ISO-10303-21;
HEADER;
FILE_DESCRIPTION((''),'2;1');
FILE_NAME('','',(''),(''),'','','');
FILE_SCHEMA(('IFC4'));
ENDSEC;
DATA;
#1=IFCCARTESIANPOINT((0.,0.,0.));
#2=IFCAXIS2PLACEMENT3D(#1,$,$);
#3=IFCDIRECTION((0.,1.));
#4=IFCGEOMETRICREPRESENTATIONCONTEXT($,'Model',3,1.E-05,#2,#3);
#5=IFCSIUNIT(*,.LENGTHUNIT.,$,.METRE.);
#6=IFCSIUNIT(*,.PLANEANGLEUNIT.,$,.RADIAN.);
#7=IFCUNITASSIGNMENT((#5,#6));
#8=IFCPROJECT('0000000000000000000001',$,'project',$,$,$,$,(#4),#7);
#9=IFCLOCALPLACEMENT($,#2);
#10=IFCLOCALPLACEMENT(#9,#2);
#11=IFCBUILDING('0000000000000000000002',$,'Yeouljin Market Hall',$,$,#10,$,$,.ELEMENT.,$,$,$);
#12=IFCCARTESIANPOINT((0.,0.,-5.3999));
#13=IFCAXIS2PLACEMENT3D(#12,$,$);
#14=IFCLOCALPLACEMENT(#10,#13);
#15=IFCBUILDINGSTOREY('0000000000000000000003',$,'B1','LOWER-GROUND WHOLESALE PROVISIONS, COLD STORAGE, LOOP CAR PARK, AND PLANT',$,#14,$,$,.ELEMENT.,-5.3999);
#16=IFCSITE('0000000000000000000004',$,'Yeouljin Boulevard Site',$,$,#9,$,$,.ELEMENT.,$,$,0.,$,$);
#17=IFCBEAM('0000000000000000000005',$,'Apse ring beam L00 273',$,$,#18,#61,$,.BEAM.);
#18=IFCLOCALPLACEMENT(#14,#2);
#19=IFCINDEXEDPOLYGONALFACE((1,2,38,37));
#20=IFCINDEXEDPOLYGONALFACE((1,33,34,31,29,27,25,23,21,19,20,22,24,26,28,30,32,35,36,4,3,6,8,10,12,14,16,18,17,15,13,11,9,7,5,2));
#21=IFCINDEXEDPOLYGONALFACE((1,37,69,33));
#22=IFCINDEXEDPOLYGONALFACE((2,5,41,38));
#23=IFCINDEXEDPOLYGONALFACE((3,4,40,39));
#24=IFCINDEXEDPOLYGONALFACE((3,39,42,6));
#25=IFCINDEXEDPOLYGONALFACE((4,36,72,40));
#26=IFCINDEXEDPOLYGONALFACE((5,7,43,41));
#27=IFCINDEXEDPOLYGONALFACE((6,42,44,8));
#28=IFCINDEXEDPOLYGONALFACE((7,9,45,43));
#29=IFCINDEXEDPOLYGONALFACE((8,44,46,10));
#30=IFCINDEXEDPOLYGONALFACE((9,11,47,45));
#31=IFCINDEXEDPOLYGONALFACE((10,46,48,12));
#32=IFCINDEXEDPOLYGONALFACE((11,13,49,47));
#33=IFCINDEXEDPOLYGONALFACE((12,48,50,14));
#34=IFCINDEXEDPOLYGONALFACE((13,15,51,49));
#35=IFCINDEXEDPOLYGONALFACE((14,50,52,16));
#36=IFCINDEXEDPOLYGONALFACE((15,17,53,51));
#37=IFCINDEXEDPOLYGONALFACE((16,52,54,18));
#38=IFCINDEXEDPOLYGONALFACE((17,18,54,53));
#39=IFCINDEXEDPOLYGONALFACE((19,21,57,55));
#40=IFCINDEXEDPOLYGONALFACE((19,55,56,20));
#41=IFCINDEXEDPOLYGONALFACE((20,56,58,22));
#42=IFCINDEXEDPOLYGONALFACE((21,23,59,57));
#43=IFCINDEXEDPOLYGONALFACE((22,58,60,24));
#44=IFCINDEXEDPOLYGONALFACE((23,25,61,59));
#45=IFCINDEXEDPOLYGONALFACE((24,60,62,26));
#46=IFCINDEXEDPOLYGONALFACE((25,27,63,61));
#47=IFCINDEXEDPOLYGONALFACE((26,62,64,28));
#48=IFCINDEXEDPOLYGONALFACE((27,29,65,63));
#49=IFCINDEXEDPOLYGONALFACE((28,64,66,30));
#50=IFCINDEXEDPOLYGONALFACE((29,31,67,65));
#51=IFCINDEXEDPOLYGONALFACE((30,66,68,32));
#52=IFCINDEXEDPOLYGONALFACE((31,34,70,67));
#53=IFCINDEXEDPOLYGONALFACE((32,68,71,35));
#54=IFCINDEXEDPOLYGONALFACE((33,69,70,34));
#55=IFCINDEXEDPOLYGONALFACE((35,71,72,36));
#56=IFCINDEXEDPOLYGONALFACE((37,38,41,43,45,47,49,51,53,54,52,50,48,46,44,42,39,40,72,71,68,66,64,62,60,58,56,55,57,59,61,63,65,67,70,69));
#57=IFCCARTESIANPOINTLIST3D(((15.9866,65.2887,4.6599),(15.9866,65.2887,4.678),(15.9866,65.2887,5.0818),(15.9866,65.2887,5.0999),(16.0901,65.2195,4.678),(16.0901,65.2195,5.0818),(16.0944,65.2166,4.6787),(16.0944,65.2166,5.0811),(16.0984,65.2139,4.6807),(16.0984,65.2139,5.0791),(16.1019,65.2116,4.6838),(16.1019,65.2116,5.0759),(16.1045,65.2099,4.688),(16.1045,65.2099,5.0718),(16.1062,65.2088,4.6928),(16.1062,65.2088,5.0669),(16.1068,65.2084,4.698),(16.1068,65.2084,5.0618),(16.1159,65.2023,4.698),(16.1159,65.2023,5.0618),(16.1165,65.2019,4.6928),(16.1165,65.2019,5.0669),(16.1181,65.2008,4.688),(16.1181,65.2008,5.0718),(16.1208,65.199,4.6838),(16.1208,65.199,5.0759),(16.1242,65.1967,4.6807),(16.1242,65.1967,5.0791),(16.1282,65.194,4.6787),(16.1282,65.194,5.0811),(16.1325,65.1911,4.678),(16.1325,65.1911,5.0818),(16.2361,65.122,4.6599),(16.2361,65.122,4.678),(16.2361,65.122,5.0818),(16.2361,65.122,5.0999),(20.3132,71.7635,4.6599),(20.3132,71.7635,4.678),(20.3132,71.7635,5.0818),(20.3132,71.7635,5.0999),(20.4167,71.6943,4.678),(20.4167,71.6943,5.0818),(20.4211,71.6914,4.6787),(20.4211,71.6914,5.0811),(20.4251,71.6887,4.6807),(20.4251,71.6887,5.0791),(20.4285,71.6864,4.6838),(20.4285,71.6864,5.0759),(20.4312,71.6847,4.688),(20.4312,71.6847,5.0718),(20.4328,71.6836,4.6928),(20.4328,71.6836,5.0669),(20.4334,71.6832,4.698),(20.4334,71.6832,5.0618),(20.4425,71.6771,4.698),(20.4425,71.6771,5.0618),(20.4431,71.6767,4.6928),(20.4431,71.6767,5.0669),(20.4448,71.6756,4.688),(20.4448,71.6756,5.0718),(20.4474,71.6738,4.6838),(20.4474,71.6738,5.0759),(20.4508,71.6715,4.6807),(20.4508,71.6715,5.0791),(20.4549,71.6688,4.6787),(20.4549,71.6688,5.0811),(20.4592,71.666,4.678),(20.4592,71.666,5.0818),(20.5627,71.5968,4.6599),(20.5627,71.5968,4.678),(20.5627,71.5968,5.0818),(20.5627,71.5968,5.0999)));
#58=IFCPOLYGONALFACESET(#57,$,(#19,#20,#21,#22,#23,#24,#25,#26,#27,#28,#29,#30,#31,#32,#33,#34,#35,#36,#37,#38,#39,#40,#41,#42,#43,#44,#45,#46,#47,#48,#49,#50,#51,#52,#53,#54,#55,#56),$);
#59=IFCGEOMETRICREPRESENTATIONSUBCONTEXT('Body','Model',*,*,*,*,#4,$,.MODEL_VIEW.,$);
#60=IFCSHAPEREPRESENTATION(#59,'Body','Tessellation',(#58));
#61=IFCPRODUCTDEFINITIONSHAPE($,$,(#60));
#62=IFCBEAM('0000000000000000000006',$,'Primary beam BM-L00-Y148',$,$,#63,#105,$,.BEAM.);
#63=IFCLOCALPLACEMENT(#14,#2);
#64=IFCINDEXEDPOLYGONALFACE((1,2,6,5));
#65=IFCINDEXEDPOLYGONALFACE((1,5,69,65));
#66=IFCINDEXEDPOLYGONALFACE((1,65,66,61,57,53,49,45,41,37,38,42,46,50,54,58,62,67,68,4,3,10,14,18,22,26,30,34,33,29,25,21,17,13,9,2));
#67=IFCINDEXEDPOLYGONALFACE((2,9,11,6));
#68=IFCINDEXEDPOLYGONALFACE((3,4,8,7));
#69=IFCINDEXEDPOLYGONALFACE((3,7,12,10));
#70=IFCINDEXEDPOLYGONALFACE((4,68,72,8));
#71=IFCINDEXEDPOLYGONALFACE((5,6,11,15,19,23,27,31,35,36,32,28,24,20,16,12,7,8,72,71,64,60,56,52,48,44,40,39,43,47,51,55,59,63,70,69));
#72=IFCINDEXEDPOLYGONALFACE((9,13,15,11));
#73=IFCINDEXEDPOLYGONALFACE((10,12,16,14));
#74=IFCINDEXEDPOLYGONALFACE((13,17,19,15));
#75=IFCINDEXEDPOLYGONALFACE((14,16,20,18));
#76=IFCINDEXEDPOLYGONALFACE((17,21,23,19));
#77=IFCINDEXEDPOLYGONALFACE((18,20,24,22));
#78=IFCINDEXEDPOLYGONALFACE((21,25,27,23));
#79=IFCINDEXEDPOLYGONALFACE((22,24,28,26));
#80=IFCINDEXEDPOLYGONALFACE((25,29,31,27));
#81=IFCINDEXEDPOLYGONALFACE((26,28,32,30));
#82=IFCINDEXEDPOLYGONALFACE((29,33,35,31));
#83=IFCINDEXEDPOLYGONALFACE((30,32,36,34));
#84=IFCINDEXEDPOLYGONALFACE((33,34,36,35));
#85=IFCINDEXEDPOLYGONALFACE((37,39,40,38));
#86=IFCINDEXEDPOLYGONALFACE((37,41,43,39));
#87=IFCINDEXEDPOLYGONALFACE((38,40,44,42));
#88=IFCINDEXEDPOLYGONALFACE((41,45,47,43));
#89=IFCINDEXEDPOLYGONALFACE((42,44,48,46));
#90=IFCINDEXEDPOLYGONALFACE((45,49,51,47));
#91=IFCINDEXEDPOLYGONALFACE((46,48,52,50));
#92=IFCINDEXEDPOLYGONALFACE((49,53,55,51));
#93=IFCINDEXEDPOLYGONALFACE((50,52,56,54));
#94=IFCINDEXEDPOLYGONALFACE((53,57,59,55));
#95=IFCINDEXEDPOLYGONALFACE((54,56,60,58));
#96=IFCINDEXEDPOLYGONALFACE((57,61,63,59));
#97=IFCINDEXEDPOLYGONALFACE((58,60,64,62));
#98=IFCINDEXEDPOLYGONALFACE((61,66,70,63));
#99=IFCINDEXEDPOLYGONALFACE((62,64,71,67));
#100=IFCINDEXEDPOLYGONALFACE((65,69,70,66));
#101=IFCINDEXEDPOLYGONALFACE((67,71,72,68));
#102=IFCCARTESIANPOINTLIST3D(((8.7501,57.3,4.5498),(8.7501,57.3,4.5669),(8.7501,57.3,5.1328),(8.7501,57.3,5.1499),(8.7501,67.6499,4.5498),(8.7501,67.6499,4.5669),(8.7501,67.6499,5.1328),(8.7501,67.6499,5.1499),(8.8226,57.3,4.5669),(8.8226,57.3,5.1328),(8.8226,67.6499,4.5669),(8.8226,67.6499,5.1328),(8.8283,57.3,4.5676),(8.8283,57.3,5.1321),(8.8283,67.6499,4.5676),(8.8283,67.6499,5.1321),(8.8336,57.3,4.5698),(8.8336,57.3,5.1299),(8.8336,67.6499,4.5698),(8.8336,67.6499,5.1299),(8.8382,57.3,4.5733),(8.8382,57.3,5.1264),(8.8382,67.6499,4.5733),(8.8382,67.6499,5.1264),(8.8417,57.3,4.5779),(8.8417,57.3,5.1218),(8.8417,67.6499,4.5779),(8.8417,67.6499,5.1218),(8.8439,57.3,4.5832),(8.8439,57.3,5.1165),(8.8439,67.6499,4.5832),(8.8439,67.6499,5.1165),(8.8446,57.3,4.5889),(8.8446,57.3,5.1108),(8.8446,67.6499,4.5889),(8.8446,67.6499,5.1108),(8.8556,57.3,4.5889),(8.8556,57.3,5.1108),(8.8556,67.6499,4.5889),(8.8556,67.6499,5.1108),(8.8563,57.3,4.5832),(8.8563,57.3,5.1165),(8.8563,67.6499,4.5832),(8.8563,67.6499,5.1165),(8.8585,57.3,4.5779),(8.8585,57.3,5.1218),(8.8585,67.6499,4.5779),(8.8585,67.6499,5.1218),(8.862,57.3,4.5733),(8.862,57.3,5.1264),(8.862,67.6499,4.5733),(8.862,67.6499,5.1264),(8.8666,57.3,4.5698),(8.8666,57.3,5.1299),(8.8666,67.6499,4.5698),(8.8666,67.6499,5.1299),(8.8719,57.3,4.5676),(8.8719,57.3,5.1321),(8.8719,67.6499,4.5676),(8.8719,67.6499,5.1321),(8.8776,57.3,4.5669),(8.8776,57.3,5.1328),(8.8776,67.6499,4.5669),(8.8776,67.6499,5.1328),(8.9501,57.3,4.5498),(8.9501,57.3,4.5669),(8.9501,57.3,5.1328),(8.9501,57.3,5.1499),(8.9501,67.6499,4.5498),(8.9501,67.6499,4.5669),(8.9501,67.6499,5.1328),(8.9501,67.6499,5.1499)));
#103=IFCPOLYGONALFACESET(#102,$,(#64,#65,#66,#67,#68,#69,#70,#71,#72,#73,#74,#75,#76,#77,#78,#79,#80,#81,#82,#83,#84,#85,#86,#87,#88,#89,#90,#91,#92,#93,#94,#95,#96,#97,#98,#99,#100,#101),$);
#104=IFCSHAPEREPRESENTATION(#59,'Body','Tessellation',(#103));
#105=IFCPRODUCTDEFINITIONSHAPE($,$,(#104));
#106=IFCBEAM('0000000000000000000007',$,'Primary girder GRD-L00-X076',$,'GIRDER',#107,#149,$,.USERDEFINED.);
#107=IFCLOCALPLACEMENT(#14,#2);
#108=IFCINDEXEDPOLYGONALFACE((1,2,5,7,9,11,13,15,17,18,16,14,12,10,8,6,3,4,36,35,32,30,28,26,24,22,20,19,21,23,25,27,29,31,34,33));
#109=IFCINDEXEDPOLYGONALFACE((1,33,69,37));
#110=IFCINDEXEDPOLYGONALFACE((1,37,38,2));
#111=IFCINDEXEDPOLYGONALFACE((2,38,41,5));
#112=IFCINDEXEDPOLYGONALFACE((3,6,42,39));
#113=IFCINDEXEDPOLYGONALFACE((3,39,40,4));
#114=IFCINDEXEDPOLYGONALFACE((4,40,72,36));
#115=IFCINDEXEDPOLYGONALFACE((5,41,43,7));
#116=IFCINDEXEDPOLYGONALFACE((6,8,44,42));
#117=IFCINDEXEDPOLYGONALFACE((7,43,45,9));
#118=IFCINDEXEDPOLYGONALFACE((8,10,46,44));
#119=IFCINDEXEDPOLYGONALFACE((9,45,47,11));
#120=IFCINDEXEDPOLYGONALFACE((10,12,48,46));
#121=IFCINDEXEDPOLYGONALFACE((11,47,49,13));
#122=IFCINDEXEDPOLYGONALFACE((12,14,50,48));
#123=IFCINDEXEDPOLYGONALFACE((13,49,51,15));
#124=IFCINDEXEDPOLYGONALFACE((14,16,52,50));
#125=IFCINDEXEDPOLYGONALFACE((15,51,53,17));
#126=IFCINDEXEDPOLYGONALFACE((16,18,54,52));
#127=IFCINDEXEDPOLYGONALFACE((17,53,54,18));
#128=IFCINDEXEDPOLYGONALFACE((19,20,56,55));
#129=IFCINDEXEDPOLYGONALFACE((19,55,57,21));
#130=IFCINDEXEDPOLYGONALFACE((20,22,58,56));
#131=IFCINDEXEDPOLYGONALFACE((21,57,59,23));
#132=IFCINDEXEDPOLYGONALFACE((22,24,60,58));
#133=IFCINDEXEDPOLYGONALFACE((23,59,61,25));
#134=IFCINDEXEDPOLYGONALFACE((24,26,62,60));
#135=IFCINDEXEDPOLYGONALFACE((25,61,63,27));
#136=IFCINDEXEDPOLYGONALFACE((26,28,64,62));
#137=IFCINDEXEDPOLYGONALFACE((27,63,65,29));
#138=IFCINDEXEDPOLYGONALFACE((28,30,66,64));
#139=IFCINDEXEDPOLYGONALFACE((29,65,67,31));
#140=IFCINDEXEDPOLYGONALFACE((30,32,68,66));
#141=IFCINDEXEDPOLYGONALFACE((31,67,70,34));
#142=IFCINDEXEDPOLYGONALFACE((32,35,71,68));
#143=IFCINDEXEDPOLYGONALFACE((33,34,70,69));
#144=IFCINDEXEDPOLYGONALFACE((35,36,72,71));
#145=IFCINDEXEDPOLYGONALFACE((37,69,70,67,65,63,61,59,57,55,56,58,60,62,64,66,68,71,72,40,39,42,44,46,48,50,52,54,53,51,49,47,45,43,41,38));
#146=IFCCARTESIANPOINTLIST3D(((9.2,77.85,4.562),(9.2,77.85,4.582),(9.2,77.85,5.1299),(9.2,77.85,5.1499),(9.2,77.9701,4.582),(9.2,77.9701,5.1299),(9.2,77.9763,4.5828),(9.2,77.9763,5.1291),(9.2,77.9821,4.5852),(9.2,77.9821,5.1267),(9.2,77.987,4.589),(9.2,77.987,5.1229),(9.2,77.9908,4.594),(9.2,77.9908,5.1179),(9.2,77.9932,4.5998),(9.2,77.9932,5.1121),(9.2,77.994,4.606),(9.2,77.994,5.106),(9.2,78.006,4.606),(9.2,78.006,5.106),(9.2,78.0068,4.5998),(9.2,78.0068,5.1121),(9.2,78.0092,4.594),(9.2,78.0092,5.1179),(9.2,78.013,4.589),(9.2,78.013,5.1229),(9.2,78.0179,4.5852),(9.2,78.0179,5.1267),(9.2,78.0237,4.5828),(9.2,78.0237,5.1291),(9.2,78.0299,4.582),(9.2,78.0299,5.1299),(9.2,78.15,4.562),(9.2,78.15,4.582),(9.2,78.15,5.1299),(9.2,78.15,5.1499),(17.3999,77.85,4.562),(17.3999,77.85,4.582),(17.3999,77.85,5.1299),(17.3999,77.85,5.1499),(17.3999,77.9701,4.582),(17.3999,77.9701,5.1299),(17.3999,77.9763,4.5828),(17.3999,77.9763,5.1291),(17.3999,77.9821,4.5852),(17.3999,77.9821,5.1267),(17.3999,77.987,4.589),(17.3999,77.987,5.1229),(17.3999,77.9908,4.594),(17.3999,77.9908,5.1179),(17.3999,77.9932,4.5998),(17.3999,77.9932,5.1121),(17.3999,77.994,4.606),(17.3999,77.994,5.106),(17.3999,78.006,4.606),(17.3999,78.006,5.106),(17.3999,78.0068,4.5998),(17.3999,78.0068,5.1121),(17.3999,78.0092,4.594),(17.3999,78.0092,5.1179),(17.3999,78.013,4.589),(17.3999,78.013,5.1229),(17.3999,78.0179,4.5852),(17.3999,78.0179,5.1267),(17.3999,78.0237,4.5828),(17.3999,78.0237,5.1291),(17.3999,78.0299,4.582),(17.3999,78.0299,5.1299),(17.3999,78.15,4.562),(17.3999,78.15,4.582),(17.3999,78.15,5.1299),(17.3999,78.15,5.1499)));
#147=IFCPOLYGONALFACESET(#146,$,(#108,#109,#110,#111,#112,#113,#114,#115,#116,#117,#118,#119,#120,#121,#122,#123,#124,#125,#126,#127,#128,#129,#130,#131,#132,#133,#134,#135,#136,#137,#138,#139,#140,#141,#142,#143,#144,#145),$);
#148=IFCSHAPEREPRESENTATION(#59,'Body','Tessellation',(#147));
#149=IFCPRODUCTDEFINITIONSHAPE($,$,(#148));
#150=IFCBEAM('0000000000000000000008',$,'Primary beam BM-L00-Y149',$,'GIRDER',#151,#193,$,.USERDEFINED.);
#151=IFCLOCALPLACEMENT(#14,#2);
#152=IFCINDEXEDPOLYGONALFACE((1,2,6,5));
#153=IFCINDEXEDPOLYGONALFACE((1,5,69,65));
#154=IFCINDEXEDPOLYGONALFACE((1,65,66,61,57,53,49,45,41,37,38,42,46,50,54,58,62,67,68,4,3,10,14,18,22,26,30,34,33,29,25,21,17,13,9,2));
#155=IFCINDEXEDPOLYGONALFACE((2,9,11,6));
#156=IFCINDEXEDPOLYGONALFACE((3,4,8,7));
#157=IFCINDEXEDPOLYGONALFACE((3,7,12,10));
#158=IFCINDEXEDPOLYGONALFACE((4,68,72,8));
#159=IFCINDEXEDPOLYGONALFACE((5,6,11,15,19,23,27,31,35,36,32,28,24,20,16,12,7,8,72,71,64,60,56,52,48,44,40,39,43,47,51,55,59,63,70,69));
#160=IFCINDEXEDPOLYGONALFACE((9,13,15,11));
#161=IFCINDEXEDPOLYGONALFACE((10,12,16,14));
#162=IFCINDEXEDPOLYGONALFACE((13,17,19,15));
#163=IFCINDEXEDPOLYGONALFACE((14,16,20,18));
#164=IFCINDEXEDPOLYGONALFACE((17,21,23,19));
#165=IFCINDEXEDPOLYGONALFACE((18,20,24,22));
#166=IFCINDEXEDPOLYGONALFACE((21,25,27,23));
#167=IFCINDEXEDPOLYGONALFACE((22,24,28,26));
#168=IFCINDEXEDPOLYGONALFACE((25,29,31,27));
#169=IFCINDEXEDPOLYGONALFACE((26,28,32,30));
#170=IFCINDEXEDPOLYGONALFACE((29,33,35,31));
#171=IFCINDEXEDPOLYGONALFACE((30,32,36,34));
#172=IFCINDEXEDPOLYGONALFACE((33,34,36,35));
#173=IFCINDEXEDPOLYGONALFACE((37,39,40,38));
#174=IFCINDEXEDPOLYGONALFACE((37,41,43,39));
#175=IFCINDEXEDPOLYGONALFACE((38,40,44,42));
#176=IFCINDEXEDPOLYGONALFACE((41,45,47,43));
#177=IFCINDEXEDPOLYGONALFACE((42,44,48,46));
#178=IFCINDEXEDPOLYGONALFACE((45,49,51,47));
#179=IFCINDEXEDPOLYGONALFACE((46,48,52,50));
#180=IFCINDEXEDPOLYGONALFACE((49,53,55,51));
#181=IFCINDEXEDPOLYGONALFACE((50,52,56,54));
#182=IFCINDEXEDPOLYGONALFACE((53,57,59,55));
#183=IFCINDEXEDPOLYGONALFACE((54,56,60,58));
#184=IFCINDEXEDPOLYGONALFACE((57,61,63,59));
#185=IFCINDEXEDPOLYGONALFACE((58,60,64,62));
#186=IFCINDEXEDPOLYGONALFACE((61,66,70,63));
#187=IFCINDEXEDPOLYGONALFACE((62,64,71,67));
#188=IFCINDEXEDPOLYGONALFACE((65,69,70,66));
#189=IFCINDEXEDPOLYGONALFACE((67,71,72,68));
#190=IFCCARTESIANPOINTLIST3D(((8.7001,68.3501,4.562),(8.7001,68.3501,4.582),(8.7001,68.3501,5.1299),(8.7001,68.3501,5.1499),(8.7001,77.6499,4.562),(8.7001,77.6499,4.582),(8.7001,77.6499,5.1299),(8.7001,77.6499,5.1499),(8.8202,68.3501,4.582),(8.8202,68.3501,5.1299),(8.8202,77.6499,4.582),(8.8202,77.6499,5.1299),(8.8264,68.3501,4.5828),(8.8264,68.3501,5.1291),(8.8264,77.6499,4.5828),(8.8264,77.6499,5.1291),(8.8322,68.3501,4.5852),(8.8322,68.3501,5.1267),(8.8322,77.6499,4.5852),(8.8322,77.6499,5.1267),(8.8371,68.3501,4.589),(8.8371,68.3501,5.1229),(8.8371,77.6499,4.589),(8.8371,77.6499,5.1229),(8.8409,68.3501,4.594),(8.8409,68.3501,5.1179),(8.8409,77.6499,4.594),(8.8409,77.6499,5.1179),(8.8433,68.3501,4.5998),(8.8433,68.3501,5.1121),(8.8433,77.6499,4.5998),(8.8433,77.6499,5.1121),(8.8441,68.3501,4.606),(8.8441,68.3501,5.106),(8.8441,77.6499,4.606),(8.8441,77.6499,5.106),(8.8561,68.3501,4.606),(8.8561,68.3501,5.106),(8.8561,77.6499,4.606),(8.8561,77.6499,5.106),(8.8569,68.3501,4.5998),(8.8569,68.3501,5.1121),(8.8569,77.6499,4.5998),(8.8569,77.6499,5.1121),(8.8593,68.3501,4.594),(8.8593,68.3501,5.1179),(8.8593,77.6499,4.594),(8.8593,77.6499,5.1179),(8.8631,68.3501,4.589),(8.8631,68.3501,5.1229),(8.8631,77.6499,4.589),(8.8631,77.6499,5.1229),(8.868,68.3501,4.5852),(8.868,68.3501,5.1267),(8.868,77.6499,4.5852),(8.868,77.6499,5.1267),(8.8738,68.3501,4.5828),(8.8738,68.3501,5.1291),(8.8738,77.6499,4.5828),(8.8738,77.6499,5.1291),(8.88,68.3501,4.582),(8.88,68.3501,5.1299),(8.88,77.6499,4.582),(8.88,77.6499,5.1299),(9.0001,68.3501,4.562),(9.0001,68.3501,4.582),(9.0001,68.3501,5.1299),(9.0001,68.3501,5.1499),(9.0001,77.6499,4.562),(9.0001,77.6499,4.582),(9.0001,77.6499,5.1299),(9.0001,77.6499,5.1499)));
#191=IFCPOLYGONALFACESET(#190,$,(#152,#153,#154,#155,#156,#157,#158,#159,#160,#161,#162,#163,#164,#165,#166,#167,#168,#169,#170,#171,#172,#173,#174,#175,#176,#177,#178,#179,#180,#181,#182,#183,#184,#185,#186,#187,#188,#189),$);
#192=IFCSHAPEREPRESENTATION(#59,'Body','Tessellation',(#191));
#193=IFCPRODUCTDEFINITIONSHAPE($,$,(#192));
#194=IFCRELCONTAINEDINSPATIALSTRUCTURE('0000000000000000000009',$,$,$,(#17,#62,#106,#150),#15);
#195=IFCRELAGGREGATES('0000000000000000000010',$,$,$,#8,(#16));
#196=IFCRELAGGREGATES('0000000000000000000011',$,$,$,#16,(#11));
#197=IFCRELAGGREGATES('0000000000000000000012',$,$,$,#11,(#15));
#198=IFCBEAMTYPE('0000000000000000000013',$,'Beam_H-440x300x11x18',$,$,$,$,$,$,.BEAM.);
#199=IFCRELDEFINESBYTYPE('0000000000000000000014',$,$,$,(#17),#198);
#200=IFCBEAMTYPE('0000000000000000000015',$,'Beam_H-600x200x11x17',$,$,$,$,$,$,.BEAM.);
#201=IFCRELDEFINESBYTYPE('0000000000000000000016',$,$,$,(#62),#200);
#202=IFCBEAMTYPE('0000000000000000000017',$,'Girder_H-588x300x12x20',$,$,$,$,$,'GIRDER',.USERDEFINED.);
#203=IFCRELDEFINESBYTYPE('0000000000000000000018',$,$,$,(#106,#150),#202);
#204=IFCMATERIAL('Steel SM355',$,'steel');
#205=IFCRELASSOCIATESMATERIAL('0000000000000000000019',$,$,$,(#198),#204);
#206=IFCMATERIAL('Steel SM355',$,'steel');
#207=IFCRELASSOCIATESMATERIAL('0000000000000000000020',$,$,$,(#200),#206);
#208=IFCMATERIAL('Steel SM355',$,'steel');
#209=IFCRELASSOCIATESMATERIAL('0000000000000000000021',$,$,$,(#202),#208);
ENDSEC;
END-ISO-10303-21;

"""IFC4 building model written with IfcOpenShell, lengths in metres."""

from ifc_helpers import new_model, si_unit, direction, frame, origin, origin_2d, place, context, subcontext, project, spatial, i_section, extrude, material, material_profile, profile_set, type_object, element, save


model = new_model("IFC4")

# Units and contexts
model_context = context("Model", 3, precision=1e-05, world=origin(), true_north=direction((0.0, 1.0)))
body_context = subcontext(model_context, "Body", "Model", "MODEL_VIEW")
ifc_project = project(units=[si_unit("LENGTHUNIT", "METRE"), si_unit("PLANEANGLEUNIT", "RADIAN")], contexts=[model_context])

# Site, building, storey
site_placement = place(None, origin())
site = spatial("IfcSite", under=ifc_project, at=site_placement, Name="Yeouljin Boulevard Site", CompositionType="ELEMENT", RefElevation=0.0)
building_placement = place(site_placement, origin())
building = spatial("IfcBuilding", under=site, at=building_placement, Name="Yeouljin Market Hall", CompositionType="ELEMENT")
storey_placement = place(building_placement, frame((0.0, 0.0, -5.3999)))
storey = spatial("IfcBuildingStorey", under=building, at=storey_placement, Name="B1", Description="LOWER-GROUND WHOLESALE PROVISIONS, COLD STORAGE, LOOP CAR PARK, AND PLANT", CompositionType="ELEMENT", Elevation=-5.3999)

# Beams
ifc_material_1 = material(Name="Steel SM355", Category="steel")
ifc_material_profile_1 = material_profile(ifc_material_1, i_section(OverallWidth=0.3, OverallDepth=0.4399, WebThickness=0.011, FlangeThickness=0.0181, FilletRadius=0.02, at=origin_2d()), Name="H-440x300x11x18")
ifc_profile_set_1 = profile_set([ifc_material_profile_1], Name="Steel SM355")
beam_type_1 = type_object("IfcBeamType", Name="Beam_H-440x300x11x18", PredefinedType="BEAM", material=ifc_profile_set_1)
beam_1_placement = place(storey_placement, frame((16.1113, 65.2053, 4.8799), z_axis=(0.555597, 0.831452, 0.0), x_axis=(-0.831452, 0.555597, 0.0)))
element("IfcBeam", 1, at=beam_1_placement, inside=storey, type_object=beam_type_1, Name="Apse ring beam L00 273", PredefinedType="BEAM", context=body_context, shape_type="SweptSolid", body=[
    extrude(i_section(OverallWidth=0.3, OverallDepth=0.4399, WebThickness=0.011, FlangeThickness=0.0181, FilletRadius=0.02, at=origin_2d()), origin(), (0.0, 0.0, 1.0), 7.7874),
])
ifc_material_2 = material(Name="Steel SM355", Category="steel")
ifc_material_profile_2 = material_profile(ifc_material_2, i_section(OverallWidth=0.2, OverallDepth=0.6001, WebThickness=0.011, FlangeThickness=0.0171, FilletRadius=0.022, at=origin_2d()), Name="H-600x200x11x17")
ifc_profile_set_2 = profile_set([ifc_material_profile_2], Name="Steel SM355")
beam_type_2 = type_object("IfcBeamType", Name="Beam_H-600x200x11x17", PredefinedType="BEAM", material=ifc_profile_set_2)
beam_2_placement = place(storey_placement, frame((8.8501, 57.3, 4.8499), z_axis=(0.0, 1.0, 0.0), x_axis=(-1.0, 0.0, 0.0)))
element("IfcBeam", 2, at=beam_2_placement, inside=storey, type_object=beam_type_2, Name="Primary beam BM-L00-Y148", PredefinedType="BEAM", context=body_context, shape_type="SweptSolid", body=[
    extrude(i_section(OverallWidth=0.2, OverallDepth=0.6001, WebThickness=0.011, FlangeThickness=0.0171, FilletRadius=0.022, at=origin_2d()), origin(), (0.0, 0.0, 1.0), 10.3499),
])
ifc_material_3 = material(Name="Steel SM355", Category="steel")
ifc_material_profile_3 = material_profile(ifc_material_3, i_section(OverallWidth=0.3, OverallDepth=0.5879, WebThickness=0.012, FlangeThickness=0.02, FilletRadius=0.0239, at=origin_2d()), Name="H-588x300x12x20")
ifc_profile_set_3 = profile_set([ifc_material_profile_3], Name="Steel SM355")
beam_type_3 = type_object("IfcBeamType", Name="Girder_H-588x300x12x20", ElementType="GIRDER", PredefinedType="USERDEFINED", material=ifc_profile_set_3)
beam_3_placement = place(storey_placement, frame((9.2, 78.0, 4.856), z_axis=(1.0, 0.0, 0.0), x_axis=(0.0, 1.0, 0.0)))
element("IfcBeam", 3, at=beam_3_placement, inside=storey, type_object=beam_type_3, Name="Primary girder GRD-L00-X076", ObjectType="GIRDER", PredefinedType="USERDEFINED", context=body_context, shape_type="SweptSolid", body=[
    extrude(i_section(OverallWidth=0.3, OverallDepth=0.5879, WebThickness=0.012, FlangeThickness=0.02, FilletRadius=0.0239, at=origin_2d()), origin(), (0.0, 0.0, 1.0), 8.2),
])
beam_4_placement = place(storey_placement, frame((8.8501, 68.3501, 4.856), z_axis=(0.0, 1.0, 0.0), x_axis=(-1.0, 0.0, 0.0)))
element("IfcBeam", 4, at=beam_4_placement, inside=storey, type_object=beam_type_3, Name="Primary beam BM-L00-Y149", ObjectType="GIRDER", PredefinedType="USERDEFINED", context=body_context, shape_type="SweptSolid", body=[
    extrude(i_section(OverallWidth=0.3, OverallDepth=0.5879, WebThickness=0.012, FlangeThickness=0.02, FilletRadius=0.0239, at=origin_2d()), origin(), (0.0, 0.0, 1.0), 9.2998),
])

save(model, "model.ifc")
